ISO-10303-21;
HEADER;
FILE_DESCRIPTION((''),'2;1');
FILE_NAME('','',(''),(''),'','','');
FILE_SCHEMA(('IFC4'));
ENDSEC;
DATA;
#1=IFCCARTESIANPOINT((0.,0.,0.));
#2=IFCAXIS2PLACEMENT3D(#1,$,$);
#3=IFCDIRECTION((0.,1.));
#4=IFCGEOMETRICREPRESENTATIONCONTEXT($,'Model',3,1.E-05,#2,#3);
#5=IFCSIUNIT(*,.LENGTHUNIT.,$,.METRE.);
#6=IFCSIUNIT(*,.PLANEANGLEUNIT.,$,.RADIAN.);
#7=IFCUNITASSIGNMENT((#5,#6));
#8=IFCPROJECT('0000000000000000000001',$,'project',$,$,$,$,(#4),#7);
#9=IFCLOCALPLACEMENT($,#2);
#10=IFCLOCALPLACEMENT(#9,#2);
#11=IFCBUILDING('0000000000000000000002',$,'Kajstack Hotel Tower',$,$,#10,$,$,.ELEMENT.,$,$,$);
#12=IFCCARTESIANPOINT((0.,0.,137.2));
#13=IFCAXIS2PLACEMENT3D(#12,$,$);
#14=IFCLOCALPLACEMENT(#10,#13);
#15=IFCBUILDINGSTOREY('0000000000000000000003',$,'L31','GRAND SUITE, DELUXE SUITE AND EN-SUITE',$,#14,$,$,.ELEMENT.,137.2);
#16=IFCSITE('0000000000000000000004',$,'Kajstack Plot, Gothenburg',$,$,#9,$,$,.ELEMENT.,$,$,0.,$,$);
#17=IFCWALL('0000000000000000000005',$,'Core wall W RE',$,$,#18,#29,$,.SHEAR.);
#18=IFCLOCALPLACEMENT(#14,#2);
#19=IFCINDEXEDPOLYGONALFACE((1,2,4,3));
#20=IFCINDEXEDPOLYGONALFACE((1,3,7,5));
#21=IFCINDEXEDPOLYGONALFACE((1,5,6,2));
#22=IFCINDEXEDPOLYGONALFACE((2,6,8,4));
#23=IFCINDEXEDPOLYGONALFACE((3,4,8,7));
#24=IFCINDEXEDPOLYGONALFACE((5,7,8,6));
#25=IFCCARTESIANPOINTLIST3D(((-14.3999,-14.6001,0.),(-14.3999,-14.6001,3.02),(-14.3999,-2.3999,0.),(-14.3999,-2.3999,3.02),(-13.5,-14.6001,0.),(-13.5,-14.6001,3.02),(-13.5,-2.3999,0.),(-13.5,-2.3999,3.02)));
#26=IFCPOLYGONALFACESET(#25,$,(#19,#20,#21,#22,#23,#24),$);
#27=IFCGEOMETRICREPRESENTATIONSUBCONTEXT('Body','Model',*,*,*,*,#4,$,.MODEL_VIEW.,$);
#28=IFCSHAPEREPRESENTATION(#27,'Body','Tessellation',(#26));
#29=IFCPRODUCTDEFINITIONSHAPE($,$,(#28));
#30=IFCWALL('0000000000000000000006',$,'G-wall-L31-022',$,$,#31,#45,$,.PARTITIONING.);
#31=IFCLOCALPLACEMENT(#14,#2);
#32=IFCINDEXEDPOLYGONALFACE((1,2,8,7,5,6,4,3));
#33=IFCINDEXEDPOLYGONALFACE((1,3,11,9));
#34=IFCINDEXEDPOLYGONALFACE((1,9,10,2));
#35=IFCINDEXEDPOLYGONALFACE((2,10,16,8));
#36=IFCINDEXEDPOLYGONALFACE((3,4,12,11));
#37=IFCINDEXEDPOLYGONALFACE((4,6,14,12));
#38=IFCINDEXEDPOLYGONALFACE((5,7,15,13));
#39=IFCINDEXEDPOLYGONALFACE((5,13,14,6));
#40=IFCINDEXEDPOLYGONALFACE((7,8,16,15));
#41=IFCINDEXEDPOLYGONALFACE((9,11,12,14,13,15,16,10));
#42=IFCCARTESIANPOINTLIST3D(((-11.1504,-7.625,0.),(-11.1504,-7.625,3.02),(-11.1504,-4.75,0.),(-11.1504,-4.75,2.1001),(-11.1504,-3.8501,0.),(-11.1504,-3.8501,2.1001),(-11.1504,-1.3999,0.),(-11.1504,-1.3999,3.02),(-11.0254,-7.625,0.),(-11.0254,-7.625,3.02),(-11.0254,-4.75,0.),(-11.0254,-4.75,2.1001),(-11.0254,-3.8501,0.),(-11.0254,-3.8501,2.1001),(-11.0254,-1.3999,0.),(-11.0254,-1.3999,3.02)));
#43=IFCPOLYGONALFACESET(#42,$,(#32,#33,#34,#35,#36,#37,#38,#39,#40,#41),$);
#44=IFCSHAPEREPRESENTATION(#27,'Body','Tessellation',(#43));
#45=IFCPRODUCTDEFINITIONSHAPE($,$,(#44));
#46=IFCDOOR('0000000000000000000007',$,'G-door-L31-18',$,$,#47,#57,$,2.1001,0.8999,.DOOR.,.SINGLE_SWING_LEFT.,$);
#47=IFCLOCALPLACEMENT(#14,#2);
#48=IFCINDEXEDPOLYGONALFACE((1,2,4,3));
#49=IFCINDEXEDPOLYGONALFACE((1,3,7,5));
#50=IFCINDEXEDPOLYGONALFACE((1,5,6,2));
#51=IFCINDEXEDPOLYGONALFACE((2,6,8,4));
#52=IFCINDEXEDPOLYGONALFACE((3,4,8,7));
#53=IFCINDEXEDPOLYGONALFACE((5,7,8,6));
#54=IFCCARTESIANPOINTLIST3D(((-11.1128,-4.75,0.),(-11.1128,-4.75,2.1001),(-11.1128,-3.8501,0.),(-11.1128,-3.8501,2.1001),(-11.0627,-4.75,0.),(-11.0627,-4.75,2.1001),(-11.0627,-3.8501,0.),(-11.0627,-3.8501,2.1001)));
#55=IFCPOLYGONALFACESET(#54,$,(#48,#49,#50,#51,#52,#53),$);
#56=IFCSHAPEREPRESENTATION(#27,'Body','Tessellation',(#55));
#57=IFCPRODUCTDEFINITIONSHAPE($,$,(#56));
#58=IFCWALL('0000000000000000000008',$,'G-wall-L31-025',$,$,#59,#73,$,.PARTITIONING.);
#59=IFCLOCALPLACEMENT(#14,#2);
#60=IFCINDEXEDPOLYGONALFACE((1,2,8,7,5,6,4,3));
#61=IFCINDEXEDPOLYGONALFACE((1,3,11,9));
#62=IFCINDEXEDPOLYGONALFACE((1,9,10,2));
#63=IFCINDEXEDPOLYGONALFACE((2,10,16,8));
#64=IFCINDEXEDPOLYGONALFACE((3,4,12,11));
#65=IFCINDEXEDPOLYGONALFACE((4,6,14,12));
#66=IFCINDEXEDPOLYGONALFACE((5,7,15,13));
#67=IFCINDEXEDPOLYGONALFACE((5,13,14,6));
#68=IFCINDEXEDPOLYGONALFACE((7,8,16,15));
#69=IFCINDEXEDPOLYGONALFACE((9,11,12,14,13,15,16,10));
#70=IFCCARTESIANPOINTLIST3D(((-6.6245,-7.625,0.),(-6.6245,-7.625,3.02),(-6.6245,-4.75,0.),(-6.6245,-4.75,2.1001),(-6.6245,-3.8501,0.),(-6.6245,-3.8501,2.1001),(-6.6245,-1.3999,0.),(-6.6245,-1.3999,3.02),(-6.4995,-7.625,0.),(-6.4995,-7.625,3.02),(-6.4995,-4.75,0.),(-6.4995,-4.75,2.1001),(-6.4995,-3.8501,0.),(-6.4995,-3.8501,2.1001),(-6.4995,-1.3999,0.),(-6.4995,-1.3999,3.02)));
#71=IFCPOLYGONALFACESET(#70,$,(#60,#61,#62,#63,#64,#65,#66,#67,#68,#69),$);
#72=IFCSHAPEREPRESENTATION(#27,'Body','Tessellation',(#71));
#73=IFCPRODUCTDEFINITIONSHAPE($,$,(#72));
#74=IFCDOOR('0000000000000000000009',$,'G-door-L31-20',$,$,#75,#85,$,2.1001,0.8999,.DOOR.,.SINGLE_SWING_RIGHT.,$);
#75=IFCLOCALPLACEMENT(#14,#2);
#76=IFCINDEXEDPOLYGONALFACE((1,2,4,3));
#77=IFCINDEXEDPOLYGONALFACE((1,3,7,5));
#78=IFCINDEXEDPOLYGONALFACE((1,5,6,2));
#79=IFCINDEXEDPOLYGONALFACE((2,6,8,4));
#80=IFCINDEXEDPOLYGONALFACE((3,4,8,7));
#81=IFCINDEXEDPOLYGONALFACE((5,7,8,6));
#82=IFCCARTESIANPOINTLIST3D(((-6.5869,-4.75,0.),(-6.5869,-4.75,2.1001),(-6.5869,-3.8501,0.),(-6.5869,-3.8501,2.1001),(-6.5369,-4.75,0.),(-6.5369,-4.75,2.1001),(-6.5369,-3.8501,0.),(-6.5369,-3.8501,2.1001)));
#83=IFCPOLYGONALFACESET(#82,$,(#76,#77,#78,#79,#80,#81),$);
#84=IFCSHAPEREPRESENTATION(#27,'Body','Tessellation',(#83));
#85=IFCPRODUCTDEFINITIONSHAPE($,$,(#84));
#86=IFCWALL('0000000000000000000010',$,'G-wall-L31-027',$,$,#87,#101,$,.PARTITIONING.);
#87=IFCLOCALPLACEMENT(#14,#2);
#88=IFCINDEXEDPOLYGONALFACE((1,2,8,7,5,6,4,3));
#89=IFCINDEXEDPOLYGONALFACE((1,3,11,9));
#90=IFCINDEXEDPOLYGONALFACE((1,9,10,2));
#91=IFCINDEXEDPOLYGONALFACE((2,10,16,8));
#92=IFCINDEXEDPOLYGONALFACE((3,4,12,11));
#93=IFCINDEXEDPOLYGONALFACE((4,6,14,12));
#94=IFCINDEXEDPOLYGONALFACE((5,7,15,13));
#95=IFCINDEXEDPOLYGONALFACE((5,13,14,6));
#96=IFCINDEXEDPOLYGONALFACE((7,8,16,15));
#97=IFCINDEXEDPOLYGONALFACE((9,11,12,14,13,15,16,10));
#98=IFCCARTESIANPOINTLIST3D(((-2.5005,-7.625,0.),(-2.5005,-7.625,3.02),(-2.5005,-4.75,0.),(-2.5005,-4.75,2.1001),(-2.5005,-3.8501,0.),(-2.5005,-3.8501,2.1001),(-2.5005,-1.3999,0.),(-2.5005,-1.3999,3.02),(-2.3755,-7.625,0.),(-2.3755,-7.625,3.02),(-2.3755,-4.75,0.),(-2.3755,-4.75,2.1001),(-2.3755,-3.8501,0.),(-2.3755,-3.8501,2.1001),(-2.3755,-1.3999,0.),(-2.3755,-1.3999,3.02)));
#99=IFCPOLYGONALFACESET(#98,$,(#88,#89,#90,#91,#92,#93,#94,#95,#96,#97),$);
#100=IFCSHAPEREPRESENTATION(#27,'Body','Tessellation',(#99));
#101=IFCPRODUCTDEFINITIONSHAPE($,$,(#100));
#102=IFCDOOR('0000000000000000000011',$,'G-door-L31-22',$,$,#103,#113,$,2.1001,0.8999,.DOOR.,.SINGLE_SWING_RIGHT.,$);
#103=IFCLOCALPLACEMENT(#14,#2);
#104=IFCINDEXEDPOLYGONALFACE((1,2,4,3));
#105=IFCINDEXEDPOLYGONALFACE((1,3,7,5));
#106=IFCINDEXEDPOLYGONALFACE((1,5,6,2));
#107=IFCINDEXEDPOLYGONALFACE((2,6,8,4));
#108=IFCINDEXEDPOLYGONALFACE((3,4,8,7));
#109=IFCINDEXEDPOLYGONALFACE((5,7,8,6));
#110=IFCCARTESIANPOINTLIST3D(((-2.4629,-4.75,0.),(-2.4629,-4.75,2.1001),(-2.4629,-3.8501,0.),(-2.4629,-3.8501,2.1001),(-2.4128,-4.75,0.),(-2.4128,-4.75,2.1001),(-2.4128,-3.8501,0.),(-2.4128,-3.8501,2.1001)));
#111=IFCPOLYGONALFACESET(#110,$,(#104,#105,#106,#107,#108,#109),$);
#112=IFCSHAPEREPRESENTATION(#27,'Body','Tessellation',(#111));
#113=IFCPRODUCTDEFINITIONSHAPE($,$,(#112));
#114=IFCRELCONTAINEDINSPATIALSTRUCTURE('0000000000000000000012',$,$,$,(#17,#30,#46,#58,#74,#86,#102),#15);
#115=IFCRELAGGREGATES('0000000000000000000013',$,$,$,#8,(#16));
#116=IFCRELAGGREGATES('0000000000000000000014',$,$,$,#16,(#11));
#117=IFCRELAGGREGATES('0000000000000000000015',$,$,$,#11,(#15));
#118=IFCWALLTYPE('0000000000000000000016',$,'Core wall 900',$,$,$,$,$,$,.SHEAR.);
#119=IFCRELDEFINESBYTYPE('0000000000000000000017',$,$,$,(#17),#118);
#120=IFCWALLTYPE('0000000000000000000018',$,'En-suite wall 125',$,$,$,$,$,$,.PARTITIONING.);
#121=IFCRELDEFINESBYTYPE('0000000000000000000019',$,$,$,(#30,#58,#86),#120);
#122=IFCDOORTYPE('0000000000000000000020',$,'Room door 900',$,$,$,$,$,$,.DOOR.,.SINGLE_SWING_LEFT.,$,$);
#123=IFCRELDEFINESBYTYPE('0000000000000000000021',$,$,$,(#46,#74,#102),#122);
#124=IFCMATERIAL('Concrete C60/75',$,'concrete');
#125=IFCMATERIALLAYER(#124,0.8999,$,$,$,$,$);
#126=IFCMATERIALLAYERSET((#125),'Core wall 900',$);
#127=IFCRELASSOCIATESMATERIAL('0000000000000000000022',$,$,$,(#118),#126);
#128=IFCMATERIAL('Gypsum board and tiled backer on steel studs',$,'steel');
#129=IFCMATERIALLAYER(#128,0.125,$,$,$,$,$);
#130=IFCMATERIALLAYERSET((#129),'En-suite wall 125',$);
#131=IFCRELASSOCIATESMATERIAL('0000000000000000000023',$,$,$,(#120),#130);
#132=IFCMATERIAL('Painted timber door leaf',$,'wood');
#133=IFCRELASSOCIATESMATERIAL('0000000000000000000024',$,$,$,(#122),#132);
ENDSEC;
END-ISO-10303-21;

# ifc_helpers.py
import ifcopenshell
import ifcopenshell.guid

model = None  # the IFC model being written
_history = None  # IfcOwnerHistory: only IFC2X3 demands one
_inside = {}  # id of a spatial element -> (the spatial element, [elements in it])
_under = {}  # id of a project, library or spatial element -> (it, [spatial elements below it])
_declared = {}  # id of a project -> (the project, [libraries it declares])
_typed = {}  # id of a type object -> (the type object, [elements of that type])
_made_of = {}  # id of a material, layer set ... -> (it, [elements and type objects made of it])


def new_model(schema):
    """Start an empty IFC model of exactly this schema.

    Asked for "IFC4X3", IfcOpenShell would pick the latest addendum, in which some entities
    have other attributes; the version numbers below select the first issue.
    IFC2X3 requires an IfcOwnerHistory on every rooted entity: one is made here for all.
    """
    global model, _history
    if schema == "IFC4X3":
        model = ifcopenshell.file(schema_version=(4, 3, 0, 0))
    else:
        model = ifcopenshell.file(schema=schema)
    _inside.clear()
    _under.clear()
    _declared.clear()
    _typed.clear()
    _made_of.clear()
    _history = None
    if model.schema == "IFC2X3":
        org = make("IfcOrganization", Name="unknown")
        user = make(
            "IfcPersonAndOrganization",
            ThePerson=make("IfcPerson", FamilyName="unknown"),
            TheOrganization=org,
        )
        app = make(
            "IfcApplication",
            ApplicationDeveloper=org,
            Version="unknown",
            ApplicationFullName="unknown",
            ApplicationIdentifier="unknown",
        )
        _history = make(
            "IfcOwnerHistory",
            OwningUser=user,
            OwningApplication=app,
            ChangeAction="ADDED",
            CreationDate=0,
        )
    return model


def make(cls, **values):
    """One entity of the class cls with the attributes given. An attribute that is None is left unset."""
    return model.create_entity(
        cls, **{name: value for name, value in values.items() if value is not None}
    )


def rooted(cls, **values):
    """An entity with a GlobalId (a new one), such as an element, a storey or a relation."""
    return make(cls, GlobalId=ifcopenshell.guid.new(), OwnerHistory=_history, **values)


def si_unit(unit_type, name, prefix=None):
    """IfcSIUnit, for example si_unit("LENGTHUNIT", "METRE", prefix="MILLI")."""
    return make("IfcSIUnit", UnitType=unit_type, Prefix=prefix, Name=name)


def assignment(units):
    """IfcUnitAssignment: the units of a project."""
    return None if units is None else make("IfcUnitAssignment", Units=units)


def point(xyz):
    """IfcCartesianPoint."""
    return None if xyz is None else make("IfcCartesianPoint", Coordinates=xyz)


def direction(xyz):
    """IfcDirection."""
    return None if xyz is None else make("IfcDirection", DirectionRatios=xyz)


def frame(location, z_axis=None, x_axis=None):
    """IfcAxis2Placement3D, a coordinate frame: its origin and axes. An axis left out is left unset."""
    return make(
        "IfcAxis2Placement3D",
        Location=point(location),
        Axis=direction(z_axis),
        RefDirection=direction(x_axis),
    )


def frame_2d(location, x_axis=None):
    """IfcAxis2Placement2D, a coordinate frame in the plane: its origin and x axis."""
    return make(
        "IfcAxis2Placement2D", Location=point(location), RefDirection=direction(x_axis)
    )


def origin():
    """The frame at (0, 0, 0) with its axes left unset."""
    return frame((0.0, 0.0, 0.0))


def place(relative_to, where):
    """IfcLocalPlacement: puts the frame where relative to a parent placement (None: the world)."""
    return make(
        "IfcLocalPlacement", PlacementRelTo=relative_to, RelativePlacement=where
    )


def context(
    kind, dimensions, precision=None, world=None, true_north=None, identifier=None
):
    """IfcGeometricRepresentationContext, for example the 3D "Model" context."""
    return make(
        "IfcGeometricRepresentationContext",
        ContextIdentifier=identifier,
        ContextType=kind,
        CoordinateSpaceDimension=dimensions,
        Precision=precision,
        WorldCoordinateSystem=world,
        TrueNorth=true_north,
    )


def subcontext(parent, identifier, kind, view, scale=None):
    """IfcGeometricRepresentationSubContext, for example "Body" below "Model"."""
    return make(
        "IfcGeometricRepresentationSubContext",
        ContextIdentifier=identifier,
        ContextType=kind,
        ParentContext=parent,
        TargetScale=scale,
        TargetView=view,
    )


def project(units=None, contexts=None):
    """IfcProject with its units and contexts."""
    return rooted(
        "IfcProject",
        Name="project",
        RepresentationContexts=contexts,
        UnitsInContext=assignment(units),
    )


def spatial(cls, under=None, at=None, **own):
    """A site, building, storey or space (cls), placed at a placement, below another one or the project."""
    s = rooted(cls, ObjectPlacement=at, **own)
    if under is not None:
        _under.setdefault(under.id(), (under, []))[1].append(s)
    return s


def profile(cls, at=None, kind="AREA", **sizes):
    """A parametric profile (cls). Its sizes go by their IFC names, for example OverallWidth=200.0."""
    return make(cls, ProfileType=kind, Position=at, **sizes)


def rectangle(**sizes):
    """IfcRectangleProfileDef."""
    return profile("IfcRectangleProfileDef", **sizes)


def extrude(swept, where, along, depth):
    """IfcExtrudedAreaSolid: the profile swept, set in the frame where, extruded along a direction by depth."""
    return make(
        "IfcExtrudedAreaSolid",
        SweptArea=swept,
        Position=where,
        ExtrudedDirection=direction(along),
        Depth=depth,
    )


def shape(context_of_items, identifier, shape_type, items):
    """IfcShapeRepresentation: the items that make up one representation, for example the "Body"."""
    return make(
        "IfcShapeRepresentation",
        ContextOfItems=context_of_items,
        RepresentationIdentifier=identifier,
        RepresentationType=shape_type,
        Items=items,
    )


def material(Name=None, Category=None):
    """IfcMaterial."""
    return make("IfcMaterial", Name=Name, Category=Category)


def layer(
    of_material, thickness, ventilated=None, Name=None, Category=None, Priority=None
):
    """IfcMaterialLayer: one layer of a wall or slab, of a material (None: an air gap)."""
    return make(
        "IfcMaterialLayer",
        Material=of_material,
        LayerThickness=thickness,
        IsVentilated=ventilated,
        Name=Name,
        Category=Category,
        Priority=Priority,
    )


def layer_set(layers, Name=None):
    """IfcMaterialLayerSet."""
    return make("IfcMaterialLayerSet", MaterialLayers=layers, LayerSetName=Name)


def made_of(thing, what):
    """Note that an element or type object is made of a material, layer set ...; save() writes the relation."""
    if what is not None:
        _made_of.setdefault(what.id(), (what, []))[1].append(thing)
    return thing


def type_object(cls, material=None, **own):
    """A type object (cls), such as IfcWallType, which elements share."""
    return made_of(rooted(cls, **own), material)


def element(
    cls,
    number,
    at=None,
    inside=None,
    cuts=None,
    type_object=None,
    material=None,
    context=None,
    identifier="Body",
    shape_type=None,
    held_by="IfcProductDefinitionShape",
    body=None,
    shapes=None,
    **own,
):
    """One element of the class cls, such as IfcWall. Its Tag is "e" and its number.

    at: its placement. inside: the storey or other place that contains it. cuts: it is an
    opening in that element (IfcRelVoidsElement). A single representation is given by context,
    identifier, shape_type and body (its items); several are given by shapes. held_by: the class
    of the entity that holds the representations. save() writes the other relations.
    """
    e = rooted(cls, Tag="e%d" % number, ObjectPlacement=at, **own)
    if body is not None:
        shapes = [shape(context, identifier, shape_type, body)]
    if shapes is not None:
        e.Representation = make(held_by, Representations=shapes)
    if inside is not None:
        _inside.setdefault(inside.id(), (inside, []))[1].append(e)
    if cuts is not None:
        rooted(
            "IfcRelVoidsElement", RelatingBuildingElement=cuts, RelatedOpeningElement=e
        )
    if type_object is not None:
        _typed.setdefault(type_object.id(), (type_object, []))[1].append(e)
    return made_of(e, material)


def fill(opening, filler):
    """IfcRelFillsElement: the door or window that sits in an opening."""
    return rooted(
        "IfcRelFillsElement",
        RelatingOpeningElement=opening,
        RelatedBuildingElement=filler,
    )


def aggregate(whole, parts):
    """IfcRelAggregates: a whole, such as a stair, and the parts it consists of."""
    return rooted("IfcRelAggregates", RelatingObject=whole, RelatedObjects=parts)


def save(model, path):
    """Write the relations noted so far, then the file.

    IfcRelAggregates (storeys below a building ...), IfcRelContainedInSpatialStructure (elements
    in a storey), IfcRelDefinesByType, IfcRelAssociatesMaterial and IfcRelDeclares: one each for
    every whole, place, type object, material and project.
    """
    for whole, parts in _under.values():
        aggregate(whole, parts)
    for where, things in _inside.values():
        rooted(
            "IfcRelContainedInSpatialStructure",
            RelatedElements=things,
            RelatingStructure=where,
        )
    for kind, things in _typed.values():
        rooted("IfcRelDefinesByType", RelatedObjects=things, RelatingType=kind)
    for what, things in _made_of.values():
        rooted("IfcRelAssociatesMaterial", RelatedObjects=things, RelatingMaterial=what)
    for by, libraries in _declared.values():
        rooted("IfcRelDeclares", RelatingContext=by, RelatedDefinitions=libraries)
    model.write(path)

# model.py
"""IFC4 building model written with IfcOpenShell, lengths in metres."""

from ifc_helpers import new_model, si_unit, direction, frame, frame_2d, origin, place, context, subcontext, project, spatial, rectangle, extrude, material, layer, layer_set, type_object, element, fill, save


model = new_model("IFC4")

# Units and contexts
model_context = context("Model", 3, precision=1e-05, world=origin(), true_north=direction((0.0, 1.0)))
body_context = subcontext(model_context, "Body", "Model", "MODEL_VIEW")
ifc_project = project(units=[si_unit("LENGTHUNIT", "METRE"), si_unit("PLANEANGLEUNIT", "RADIAN")], contexts=[model_context])

# Site, building, storey
site_placement = place(None, origin())
site = spatial("IfcSite", under=ifc_project, at=site_placement, Name="Kajstack Plot, Gothenburg", CompositionType="ELEMENT", RefElevation=0.0)
building_placement = place(site_placement, origin())
building = spatial("IfcBuilding", under=site, at=building_placement, Name="Kajstack Hotel Tower", CompositionType="ELEMENT")
storey_placement = place(building_placement, frame((0.0, 0.0, 137.2)))
storey = spatial("IfcBuildingStorey", under=building, at=storey_placement, Name="L31", Description="GRAND SUITE, DELUXE SUITE AND EN-SUITE", CompositionType="ELEMENT", Elevation=137.2)

# Wall
ifc_material_1 = material(Name="Concrete C60/75", Category="concrete")
ifc_layer_1 = layer(ifc_material_1, 0.8999)
ifc_layer_set_1 = layer_set([ifc_layer_1], Name="Core wall 900")
wall_type_1 = type_object("IfcWallType", Name="Core wall 900", PredefinedType="SHEAR", material=ifc_layer_set_1)
wall_1_placement = place(storey_placement, frame((-13.95, -14.6001, 0.0), z_axis=(0.0, 0.0, 1.0), x_axis=(0.0, 1.0, 0.0)))
element("IfcWall", 1, at=wall_1_placement, inside=storey, type_object=wall_type_1, Name="Core wall W RE", PredefinedType="SHEAR", context=body_context, shape_type="SweptSolid", body=[
    extrude(rectangle(XDim=12.2002, YDim=0.8999, at=frame_2d((6.1001, 0.0))), origin(), (0.0, 0.0, 1.0), 3.02),
])

# Walls, openings, doors
ifc_material_2 = material(Name="Gypsum board and tiled backer on steel studs", Category="steel")
ifc_layer_2 = layer(ifc_material_2, 0.125)
ifc_layer_set_2 = layer_set([ifc_layer_2], Name="En-suite wall 125")
wall_type_2 = type_object("IfcWallType", Name="En-suite wall 125", PredefinedType="PARTITIONING", material=ifc_layer_set_2)
wall_2_placement = place(storey_placement, frame((-11.0879, -7.625, 0.0), z_axis=(0.0, 0.0, 1.0), x_axis=(0.0, 1.0, 0.0)))
wall_2 = element("IfcWall", 2, at=wall_2_placement, inside=storey, type_object=wall_type_2, Name="G-wall-L31-022", PredefinedType="PARTITIONING", context=body_context, shape_type="SweptSolid", body=[
    extrude(rectangle(XDim=6.2251, YDim=0.125, at=frame_2d((3.1125, 0.0))), origin(), (0.0, 0.0, 1.0), 3.02),
])
opening_1_placement = place(wall_2_placement, frame((2.875, 0.0, 0.0)))
opening_1 = element("IfcOpeningElement", 3, at=opening_1_placement, cuts=wall_2, PredefinedType="OPENING", context=body_context, shape_type="SweptSolid", body=[
    extrude(rectangle(XDim=0.8999, YDim=2.1001, at=frame_2d((0.45, 1.05))), frame((0.0, 0.0725, 0.0), z_axis=(0.0, -1.0, 0.0), x_axis=(1.0, 0.0, 0.0)), (0.0, 0.0, 1.0), 0.145),
])
ifc_material_3 = material(Name="Painted timber door leaf", Category="wood")
door_type = type_object("IfcDoorType", Name="Room door 900", OperationType="SINGLE_SWING_LEFT", PredefinedType="DOOR", material=ifc_material_3)
door_1_placement = place(opening_1_placement, origin())
door_1 = element("IfcDoor", 4, at=door_1_placement, inside=storey, type_object=door_type, Name="G-door-L31-18", OperationType="SINGLE_SWING_LEFT", OverallHeight=2.1001, OverallWidth=0.8999, PredefinedType="DOOR", context=body_context, shape_type="SweptSolid", body=[
    extrude(rectangle(XDim=0.8999, YDim=2.1001, at=frame_2d((0.45, 1.05))), frame((0.0, 0.0249, 0.0), z_axis=(0.0, -1.0, 0.0), x_axis=(1.0, 0.0, 0.0)), (0.0, 0.0, 1.0), 0.05),
])
fill(opening_1, door_1)
wall_3_placement = place(storey_placement, frame((-6.562, -7.625, 0.0), z_axis=(0.0, 0.0, 1.0), x_axis=(0.0, 1.0, 0.0)))
wall_3 = element("IfcWall", 5, at=wall_3_placement, inside=storey, type_object=wall_type_2, Name="G-wall-L31-025", PredefinedType="PARTITIONING", context=body_context, shape_type="SweptSolid", body=[
    extrude(rectangle(XDim=6.2251, YDim=0.125, at=frame_2d((3.1125, 0.0))), origin(), (0.0, 0.0, 1.0), 3.02),
])
opening_2_placement = place(wall_3_placement, frame((2.875, 0.0, 0.0)))
opening_2 = element("IfcOpeningElement", 6, at=opening_2_placement, cuts=wall_3, PredefinedType="OPENING", context=body_context, shape_type="SweptSolid", body=[
    extrude(rectangle(XDim=0.8999, YDim=2.1001, at=frame_2d((0.45, 1.05))), frame((0.0, 0.0725, 0.0), z_axis=(0.0, -1.0, 0.0), x_axis=(1.0, 0.0, 0.0)), (0.0, 0.0, 1.0), 0.145),
])
door_2_placement = place(opening_2_placement, origin())
door_2 = element("IfcDoor", 7, at=door_2_placement, inside=storey, type_object=door_type, Name="G-door-L31-20", OperationType="SINGLE_SWING_RIGHT", OverallHeight=2.1001, OverallWidth=0.8999, PredefinedType="DOOR", context=body_context, shape_type="SweptSolid", body=[
    extrude(rectangle(XDim=0.8999, YDim=2.1001, at=frame_2d((0.45, 1.05))), frame((0.0, 0.0249, 0.0), z_axis=(0.0, -1.0, 0.0), x_axis=(1.0, 0.0, 0.0)), (0.0, 0.0, 1.0), 0.05),
])
fill(opening_2, door_2)
wall_4_placement = place(storey_placement, frame((-2.438, -7.625, 0.0), z_axis=(0.0, 0.0, 1.0), x_axis=(0.0, 1.0, 0.0)))
wall_4 = element("IfcWall", 8, at=wall_4_placement, inside=storey, type_object=wall_type_2, Name="G-wall-L31-027", PredefinedType="PARTITIONING", context=body_context, shape_type="SweptSolid", body=[
    extrude(rectangle(XDim=6.2251, YDim=0.125, at=frame_2d((3.1125, 0.0))), origin(), (0.0, 0.0, 1.0), 3.02),
])
opening_3_placement = place(wall_4_placement, frame((2.875, 0.0, 0.0)))
opening_3 = element("IfcOpeningElement", 9, at=opening_3_placement, cuts=wall_4, PredefinedType="OPENING", context=body_context, shape_type="SweptSolid", body=[
    extrude(rectangle(XDim=0.8999, YDim=2.1001, at=frame_2d((0.45, 1.05))), frame((0.0, 0.0725, 0.0), z_axis=(0.0, -1.0, 0.0), x_axis=(1.0, 0.0, 0.0)), (0.0, 0.0, 1.0), 0.145),
])
door_3_placement = place(opening_3_placement, origin())
door_3 = element("IfcDoor", 10, at=door_3_placement, inside=storey, type_object=door_type, Name="G-door-L31-22", OperationType="SINGLE_SWING_RIGHT", OverallHeight=2.1001, OverallWidth=0.8999, PredefinedType="DOOR", context=body_context, shape_type="SweptSolid", body=[
    extrude(rectangle(XDim=0.8999, YDim=2.1001, at=frame_2d((0.45, 1.05))), frame((0.0, 0.0249, 0.0), z_axis=(0.0, -1.0, 0.0), x_axis=(1.0, 0.0, 0.0)), (0.0, 0.0, 1.0), 0.05),
])
fill(opening_3, door_3)

save(model, "model.ifc")
